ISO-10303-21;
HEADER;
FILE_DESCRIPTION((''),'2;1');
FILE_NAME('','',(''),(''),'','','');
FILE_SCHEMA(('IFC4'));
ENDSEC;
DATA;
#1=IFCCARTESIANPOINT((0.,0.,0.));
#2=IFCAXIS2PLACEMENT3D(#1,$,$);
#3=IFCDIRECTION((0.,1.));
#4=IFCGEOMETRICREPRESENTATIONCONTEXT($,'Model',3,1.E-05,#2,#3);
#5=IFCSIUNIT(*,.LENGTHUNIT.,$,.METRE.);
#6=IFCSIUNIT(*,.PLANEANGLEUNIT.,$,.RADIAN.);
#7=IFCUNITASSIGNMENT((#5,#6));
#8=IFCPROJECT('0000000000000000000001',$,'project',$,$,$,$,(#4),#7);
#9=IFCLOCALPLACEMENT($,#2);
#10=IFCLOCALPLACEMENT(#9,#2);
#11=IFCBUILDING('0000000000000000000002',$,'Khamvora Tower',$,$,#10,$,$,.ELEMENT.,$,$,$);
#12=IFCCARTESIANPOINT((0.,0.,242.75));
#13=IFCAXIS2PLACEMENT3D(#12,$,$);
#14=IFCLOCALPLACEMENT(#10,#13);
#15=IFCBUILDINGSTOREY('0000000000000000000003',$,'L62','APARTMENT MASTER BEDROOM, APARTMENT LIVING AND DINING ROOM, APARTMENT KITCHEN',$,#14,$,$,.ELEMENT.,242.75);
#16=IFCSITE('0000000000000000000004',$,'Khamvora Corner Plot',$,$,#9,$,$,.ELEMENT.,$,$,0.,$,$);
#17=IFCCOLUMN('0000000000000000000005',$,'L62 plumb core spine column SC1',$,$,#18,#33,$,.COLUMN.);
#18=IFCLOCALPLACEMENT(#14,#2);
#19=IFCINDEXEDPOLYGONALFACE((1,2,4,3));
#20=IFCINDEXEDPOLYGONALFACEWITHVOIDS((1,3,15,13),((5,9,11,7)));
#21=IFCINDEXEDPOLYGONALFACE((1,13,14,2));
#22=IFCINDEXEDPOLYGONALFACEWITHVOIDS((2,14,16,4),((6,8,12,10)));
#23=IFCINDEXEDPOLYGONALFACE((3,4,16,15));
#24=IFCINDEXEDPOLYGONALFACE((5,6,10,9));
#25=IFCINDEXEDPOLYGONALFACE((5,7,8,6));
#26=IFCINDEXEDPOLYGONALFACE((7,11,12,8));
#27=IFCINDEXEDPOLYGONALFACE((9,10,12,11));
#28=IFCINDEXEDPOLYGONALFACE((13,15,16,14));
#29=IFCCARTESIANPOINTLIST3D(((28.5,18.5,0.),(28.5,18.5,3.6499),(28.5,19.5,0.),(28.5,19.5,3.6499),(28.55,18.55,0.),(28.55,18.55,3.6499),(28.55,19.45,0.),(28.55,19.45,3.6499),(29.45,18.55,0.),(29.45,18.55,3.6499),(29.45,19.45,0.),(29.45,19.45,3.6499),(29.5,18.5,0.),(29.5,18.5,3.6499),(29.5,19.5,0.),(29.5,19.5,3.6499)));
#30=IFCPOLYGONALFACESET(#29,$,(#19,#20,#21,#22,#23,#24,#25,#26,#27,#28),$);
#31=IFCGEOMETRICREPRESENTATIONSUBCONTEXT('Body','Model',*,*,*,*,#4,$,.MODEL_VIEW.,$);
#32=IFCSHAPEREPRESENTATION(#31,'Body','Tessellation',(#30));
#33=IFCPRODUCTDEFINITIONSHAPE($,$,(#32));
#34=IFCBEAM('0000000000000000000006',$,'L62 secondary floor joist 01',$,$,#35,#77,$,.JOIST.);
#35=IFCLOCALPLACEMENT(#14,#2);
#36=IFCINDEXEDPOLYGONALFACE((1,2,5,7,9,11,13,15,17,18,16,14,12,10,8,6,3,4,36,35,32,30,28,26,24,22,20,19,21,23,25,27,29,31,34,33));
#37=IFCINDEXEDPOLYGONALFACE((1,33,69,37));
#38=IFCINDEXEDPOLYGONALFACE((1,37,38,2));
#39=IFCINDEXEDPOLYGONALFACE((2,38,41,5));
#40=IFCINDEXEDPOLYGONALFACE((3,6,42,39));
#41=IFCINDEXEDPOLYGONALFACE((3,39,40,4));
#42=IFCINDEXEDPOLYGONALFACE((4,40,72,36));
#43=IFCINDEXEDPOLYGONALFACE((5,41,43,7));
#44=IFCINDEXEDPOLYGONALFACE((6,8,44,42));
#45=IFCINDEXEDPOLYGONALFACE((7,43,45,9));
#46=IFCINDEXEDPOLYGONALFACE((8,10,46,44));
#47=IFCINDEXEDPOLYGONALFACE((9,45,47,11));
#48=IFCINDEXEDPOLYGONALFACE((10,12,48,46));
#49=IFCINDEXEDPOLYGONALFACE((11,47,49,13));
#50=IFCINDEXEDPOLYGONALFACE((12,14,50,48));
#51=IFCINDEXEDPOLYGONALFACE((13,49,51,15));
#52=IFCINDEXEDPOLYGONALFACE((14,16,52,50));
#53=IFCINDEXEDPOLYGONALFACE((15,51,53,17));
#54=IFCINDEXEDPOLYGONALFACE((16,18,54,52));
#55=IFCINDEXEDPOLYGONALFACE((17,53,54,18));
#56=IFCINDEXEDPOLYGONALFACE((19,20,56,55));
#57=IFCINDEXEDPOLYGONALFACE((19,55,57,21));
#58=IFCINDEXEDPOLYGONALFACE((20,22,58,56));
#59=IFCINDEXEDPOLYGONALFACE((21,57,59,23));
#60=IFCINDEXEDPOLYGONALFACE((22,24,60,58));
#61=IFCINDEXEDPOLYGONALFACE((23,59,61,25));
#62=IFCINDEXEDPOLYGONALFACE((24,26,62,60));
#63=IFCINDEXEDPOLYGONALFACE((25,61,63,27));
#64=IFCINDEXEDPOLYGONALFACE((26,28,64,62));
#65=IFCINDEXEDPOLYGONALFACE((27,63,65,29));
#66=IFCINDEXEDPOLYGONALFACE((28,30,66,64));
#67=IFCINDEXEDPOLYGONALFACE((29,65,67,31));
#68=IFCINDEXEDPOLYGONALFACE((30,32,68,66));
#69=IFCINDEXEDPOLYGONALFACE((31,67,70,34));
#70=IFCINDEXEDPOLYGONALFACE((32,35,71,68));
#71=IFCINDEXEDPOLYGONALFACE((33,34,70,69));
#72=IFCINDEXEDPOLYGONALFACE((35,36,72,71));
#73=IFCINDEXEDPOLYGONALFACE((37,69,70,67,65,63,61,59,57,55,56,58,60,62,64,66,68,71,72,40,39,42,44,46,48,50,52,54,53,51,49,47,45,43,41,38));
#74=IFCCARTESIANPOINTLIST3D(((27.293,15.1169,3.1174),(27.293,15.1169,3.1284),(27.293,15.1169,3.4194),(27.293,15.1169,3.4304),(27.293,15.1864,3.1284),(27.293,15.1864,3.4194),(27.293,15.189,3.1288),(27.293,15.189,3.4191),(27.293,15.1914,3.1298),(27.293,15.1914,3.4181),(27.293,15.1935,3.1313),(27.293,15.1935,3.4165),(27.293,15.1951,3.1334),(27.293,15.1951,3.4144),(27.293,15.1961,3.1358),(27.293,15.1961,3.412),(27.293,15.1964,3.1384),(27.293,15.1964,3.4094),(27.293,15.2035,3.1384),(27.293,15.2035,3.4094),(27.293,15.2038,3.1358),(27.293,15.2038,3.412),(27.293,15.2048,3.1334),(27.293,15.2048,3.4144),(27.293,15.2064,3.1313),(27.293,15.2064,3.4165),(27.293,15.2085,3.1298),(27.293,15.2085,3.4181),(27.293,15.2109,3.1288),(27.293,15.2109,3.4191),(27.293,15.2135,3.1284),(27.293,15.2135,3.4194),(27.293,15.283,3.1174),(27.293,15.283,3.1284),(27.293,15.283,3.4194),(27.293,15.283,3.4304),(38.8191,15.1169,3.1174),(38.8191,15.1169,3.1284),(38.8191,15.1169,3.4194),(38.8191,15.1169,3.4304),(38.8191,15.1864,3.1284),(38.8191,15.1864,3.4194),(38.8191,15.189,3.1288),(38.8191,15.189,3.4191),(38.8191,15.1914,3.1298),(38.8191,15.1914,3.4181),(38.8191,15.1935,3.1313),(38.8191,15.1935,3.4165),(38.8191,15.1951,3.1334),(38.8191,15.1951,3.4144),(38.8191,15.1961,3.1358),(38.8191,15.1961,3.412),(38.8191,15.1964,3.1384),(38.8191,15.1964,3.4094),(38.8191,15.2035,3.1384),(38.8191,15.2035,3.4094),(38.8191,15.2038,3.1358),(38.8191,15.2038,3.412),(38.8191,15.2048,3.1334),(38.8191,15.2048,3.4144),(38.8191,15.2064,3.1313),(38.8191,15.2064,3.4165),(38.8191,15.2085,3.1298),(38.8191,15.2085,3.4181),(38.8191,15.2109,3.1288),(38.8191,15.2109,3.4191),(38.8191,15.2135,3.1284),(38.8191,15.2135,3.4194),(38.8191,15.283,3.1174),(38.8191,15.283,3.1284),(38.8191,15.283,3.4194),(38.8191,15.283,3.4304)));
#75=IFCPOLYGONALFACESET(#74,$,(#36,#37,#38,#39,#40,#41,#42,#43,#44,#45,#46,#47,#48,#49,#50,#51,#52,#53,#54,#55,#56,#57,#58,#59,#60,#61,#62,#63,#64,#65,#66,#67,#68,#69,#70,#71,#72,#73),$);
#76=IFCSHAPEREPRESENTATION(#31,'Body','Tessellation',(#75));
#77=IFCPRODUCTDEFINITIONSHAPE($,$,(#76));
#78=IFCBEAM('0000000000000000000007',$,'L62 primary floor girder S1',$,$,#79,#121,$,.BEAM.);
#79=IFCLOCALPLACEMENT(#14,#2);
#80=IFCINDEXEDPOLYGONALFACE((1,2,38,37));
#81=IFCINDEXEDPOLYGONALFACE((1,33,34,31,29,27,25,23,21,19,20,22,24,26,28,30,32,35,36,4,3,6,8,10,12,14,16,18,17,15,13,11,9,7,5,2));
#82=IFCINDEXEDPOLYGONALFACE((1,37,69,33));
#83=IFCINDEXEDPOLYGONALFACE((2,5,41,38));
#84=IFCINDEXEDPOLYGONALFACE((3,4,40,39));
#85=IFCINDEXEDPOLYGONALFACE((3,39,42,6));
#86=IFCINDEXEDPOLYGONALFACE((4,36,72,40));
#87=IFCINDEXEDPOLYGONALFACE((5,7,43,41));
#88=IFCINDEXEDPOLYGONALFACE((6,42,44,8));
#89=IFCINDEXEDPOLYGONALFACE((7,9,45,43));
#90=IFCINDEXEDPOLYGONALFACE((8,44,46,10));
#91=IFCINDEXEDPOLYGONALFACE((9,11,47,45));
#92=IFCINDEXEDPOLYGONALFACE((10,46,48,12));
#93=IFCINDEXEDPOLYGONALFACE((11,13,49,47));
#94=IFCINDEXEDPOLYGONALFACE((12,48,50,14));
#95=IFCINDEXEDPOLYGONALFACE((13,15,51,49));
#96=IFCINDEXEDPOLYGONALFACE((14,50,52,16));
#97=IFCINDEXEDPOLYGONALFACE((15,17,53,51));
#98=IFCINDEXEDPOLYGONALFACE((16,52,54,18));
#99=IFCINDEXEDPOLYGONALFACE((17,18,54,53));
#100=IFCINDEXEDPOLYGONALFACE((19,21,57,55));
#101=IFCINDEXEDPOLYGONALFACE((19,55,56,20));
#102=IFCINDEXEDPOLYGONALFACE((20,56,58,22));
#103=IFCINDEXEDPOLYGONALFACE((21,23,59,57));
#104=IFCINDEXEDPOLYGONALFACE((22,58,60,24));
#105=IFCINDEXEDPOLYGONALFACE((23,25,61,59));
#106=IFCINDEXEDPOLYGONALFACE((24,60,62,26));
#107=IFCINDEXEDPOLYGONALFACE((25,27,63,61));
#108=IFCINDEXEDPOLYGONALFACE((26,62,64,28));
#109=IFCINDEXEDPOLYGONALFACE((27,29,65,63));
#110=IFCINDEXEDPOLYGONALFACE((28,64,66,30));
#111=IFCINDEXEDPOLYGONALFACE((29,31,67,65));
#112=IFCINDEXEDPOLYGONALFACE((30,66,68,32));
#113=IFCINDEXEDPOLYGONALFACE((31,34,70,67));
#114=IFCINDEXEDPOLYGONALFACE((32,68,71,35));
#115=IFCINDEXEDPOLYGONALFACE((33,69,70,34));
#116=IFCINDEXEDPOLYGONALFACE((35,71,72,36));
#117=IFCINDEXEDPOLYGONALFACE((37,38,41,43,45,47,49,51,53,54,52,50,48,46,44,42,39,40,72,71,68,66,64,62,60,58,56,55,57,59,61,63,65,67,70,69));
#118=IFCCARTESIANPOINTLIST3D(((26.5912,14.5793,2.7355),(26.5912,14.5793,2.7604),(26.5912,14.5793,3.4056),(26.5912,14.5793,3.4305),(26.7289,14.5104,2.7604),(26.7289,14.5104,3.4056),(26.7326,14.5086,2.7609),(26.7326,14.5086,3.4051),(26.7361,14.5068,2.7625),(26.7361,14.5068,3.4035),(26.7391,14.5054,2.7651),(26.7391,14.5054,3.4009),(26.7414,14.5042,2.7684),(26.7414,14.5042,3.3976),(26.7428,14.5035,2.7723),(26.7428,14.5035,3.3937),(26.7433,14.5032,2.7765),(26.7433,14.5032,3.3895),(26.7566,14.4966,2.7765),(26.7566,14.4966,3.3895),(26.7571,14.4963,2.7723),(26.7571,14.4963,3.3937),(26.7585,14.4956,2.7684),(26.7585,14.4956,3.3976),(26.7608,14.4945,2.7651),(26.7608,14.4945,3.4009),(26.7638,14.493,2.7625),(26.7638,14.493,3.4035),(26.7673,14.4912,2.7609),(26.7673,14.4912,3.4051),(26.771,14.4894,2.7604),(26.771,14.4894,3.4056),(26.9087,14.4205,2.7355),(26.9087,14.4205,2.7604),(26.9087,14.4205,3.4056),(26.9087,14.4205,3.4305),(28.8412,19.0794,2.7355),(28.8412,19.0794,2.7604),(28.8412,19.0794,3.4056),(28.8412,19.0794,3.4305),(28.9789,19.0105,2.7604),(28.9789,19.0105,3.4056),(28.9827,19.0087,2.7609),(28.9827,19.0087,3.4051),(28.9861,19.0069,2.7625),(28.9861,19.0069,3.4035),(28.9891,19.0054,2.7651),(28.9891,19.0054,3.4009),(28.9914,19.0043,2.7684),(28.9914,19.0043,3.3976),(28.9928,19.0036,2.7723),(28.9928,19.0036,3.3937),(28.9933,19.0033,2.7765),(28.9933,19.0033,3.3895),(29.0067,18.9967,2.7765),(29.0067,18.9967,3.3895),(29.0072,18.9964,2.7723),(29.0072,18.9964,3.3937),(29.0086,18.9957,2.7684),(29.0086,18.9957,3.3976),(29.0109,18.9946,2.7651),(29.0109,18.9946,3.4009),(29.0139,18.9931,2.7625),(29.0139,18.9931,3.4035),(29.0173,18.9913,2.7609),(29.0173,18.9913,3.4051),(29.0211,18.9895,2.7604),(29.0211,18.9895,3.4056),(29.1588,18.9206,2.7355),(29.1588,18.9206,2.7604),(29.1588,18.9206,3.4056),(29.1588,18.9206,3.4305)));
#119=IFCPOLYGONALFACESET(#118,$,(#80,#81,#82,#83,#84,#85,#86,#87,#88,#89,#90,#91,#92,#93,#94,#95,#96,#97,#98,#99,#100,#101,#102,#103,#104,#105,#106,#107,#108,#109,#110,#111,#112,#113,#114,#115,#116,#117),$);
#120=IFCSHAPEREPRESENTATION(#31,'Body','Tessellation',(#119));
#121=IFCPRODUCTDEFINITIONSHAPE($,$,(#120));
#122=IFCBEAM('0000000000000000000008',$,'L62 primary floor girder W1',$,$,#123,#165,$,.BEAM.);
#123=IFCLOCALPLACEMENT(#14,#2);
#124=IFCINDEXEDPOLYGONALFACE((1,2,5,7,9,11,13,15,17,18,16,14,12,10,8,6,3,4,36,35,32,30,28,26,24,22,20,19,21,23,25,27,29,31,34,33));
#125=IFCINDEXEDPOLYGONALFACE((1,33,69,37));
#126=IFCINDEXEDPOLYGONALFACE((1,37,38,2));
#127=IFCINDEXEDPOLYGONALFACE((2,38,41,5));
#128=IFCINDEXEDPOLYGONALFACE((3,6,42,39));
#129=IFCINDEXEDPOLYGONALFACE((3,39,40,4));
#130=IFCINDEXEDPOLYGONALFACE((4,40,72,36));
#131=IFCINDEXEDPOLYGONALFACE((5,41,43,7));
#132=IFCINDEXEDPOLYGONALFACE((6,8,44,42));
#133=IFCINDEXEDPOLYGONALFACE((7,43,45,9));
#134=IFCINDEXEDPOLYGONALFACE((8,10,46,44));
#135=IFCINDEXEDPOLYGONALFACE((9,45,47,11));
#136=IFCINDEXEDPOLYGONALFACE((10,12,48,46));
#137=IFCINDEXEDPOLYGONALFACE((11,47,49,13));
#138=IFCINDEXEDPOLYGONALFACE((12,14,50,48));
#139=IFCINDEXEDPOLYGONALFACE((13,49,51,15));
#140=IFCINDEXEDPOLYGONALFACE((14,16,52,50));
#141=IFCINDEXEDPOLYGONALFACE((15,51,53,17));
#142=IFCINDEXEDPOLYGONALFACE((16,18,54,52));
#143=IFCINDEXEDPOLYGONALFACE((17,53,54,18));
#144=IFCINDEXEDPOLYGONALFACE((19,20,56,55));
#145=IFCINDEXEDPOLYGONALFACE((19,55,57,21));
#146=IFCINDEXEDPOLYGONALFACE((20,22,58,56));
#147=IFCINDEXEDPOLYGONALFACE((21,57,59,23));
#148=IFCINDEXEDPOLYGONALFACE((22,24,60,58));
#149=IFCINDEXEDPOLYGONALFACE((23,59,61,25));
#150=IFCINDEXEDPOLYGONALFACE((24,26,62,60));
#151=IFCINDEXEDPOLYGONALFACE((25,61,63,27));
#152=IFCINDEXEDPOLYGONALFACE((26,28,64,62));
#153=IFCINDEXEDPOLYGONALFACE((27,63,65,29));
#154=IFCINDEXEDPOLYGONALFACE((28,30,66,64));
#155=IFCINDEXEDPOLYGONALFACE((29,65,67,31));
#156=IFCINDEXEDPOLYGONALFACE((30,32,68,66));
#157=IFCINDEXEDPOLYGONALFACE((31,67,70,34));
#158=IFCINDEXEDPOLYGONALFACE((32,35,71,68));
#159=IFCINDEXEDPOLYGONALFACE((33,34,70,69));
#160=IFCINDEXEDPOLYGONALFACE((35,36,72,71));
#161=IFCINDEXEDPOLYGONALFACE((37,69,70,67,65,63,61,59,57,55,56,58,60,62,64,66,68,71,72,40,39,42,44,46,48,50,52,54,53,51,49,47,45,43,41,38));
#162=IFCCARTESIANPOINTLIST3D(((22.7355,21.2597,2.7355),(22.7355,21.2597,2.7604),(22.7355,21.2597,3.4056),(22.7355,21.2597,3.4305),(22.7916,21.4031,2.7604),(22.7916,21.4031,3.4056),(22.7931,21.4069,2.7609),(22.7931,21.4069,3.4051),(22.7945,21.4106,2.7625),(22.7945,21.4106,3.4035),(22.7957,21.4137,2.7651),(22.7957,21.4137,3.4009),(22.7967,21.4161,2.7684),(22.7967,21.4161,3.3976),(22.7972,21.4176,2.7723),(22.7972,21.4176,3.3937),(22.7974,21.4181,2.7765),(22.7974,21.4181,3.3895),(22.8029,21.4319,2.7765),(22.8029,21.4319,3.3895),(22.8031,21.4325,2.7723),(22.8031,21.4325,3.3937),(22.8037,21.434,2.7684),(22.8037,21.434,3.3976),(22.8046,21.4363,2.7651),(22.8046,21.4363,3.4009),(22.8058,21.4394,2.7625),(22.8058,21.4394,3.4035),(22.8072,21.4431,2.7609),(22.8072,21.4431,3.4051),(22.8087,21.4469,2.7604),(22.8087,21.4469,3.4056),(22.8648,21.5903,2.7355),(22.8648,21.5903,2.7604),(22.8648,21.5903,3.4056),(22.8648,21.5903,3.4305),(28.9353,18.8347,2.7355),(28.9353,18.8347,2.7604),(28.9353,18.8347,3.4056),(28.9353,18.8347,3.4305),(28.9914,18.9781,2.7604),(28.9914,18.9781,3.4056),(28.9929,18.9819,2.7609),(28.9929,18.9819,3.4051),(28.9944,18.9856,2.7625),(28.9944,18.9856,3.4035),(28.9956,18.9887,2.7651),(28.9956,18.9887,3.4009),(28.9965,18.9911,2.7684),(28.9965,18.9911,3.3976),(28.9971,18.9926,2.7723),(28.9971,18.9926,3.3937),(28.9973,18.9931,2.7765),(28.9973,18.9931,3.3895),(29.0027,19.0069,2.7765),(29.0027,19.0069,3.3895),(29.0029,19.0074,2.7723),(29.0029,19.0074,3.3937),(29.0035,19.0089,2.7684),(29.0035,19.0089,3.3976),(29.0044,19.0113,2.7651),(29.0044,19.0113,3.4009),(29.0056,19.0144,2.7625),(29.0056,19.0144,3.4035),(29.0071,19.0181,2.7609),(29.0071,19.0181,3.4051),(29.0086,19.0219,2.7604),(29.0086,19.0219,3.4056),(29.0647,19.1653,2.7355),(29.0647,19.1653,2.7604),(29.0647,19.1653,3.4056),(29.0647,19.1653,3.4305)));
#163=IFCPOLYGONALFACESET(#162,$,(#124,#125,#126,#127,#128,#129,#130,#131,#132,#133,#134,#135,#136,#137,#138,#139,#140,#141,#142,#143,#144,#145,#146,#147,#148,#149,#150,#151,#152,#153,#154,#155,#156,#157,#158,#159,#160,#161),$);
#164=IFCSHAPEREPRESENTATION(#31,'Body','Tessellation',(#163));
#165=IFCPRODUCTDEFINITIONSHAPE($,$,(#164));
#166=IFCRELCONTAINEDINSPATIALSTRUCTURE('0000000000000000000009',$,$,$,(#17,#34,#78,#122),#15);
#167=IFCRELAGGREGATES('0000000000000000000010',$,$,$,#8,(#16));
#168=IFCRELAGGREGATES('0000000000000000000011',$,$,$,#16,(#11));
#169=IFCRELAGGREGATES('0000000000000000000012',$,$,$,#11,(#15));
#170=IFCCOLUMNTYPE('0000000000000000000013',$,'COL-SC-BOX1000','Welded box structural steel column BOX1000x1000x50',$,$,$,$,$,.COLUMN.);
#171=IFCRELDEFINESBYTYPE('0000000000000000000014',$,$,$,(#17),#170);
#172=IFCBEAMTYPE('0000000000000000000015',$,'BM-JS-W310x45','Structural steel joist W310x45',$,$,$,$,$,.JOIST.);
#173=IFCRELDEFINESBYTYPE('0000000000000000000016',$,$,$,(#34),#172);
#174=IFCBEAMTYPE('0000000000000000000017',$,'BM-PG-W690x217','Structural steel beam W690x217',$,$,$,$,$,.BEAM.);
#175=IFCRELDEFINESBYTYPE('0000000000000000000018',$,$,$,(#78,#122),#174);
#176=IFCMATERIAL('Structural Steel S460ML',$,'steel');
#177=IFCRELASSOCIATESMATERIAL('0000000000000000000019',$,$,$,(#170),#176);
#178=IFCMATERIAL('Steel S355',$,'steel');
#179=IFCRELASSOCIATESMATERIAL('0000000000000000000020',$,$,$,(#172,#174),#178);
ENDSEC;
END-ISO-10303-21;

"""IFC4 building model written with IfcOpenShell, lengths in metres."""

from ifc_helpers import new_model, si_unit, direction, frame, origin, origin_2d, place, context, subcontext, project, spatial, hollow_rectangle, i_section, extrude, material, material_profile, profile_set, type_object, element, save


model = new_model("IFC4")

# Units and contexts
model_context = context("Model", 3, precision=1e-05, world=origin(), true_north=direction((0.0, 1.0)))
body_context = subcontext(model_context, "Body", "Model", "MODEL_VIEW")
ifc_project = project(units=[si_unit("LENGTHUNIT", "METRE"), si_unit("PLANEANGLEUNIT", "RADIAN")], contexts=[model_context])

# Site, building, storey
site_placement = place(None, origin())
site = spatial("IfcSite", under=ifc_project, at=site_placement, Name="Khamvora Corner Plot", CompositionType="ELEMENT", RefElevation=0.0)
building_placement = place(site_placement, origin())
building = spatial("IfcBuilding", under=site, at=building_placement, Name="Khamvora Tower", CompositionType="ELEMENT")
storey_placement = place(building_placement, frame((0.0, 0.0, 242.75)))
storey = spatial("IfcBuildingStorey", under=building, at=storey_placement, Name="L62", Description="APARTMENT MASTER BEDROOM, APARTMENT LIVING AND DINING ROOM, APARTMENT KITCHEN", CompositionType="ELEMENT", Elevation=242.75)

# Column
ifc_material_1 = material(Name="Structural Steel S460ML", Category="steel")
ifc_material_profile_1 = material_profile(ifc_material_1, hollow_rectangle(XDim=1.0, YDim=1.0, WallThickness=0.05, at=origin_2d()), Name="BOX1000x1000x50")
ifc_profile_set_1 = profile_set([ifc_material_profile_1], Name="Structural Steel S460ML")
column_type = type_object("IfcColumnType", Name="COL-SC-BOX1000", Description="Welded box structural steel column BOX1000x1000x50", PredefinedType="COLUMN", material=ifc_profile_set_1)
column_placement = place(storey_placement, frame((29.0, 19.0, 0.0), z_axis=(0.0, 0.0, 1.0), x_axis=(1.0, 0.0, 0.0)))
element("IfcColumn", 1, at=column_placement, inside=storey, type_object=column_type, Name="L62 plumb core spine column SC1", PredefinedType="COLUMN", context=body_context, shape_type="SweptSolid", body=[
    extrude(hollow_rectangle(XDim=1.0, YDim=1.0, WallThickness=0.05, at=origin_2d()), origin(), (0.0, 0.0, 1.0), 3.6499),
])

# Beams
ifc_material_2 = material(Name="Steel S355", Category="steel")
ifc_material_profile_2 = material_profile(ifc_material_2, i_section(OverallWidth=0.166, OverallDepth=0.313, WebThickness=0.0071, FlangeThickness=0.011, FilletRadius=0.01, at=origin_2d()), Name="W310x45")
ifc_profile_set_2 = profile_set([ifc_material_profile_2], Name="Steel S355")
beam_type_1 = type_object("IfcBeamType", Name="BM-JS-W310x45", Description="Structural steel joist W310x45", PredefinedType="JOIST", material=ifc_profile_set_2)
beam_1_placement = place(storey_placement, frame((27.293, 15.2, 3.2739), z_axis=(1.0, 0.0, 0.0), x_axis=(0.0, 1.0, 0.0)))
element("IfcBeam", 2, at=beam_1_placement, inside=storey, type_object=beam_type_1, Name="L62 secondary floor joist 01", PredefinedType="JOIST", context=body_context, shape_type="SweptSolid", body=[
    extrude(i_section(OverallWidth=0.166, OverallDepth=0.313, WebThickness=0.0071, FlangeThickness=0.011, FilletRadius=0.01, at=origin_2d()), origin(), (0.0, 0.0, 1.0), 11.5261),
])
ifc_material_profile_3 = material_profile(ifc_material_2, i_section(OverallWidth=0.355, OverallDepth=0.6951, WebThickness=0.0149, FlangeThickness=0.0249, FilletRadius=0.0161, at=origin_2d()), Name="W690x217")
ifc_profile_set_3 = profile_set([ifc_material_profile_3], Name="Steel S355")
beam_type_2 = type_object("IfcBeamType", Name="BM-PG-W690x217", Description="Structural steel beam W690x217", PredefinedType="BEAM", material=ifc_profile_set_3)
beam_2_placement = place(storey_placement, frame((29.0, 19.0, 3.083), z_axis=(-0.447214, -0.894427, 0.0), x_axis=(0.894427, -0.447214, 0.0)))
element("IfcBeam", 3, at=beam_2_placement, inside=storey, type_object=beam_type_2, Name="L62 primary floor girder S1", PredefinedType="BEAM", context=body_context, shape_type="SweptSolid", body=[
    extrude(i_section(OverallWidth=0.355, OverallDepth=0.6951, WebThickness=0.0149, FlangeThickness=0.0249, FilletRadius=0.0161, at=origin_2d()), origin(), (0.0, 0.0, 1.0), 5.0312),
])
beam_3_placement = place(storey_placement, frame((29.0, 19.0, 3.083), z_axis=(-0.931295, 0.364267, 0.0), x_axis=(-0.364267, -0.931295, 0.0)))
element("IfcBeam", 4, at=beam_3_placement, inside=storey, type_object=beam_type_2, Name="L62 primary floor girder W1", PredefinedType="BEAM", context=body_context, shape_type="SweptSolid", body=[
    extrude(i_section(OverallWidth=0.355, OverallDepth=0.6951, WebThickness=0.0149, FlangeThickness=0.0249, FilletRadius=0.0161, at=origin_2d()), origin(), (0.0, 0.0, 1.0), 6.6572),
])

save(model, "model.ifc")
